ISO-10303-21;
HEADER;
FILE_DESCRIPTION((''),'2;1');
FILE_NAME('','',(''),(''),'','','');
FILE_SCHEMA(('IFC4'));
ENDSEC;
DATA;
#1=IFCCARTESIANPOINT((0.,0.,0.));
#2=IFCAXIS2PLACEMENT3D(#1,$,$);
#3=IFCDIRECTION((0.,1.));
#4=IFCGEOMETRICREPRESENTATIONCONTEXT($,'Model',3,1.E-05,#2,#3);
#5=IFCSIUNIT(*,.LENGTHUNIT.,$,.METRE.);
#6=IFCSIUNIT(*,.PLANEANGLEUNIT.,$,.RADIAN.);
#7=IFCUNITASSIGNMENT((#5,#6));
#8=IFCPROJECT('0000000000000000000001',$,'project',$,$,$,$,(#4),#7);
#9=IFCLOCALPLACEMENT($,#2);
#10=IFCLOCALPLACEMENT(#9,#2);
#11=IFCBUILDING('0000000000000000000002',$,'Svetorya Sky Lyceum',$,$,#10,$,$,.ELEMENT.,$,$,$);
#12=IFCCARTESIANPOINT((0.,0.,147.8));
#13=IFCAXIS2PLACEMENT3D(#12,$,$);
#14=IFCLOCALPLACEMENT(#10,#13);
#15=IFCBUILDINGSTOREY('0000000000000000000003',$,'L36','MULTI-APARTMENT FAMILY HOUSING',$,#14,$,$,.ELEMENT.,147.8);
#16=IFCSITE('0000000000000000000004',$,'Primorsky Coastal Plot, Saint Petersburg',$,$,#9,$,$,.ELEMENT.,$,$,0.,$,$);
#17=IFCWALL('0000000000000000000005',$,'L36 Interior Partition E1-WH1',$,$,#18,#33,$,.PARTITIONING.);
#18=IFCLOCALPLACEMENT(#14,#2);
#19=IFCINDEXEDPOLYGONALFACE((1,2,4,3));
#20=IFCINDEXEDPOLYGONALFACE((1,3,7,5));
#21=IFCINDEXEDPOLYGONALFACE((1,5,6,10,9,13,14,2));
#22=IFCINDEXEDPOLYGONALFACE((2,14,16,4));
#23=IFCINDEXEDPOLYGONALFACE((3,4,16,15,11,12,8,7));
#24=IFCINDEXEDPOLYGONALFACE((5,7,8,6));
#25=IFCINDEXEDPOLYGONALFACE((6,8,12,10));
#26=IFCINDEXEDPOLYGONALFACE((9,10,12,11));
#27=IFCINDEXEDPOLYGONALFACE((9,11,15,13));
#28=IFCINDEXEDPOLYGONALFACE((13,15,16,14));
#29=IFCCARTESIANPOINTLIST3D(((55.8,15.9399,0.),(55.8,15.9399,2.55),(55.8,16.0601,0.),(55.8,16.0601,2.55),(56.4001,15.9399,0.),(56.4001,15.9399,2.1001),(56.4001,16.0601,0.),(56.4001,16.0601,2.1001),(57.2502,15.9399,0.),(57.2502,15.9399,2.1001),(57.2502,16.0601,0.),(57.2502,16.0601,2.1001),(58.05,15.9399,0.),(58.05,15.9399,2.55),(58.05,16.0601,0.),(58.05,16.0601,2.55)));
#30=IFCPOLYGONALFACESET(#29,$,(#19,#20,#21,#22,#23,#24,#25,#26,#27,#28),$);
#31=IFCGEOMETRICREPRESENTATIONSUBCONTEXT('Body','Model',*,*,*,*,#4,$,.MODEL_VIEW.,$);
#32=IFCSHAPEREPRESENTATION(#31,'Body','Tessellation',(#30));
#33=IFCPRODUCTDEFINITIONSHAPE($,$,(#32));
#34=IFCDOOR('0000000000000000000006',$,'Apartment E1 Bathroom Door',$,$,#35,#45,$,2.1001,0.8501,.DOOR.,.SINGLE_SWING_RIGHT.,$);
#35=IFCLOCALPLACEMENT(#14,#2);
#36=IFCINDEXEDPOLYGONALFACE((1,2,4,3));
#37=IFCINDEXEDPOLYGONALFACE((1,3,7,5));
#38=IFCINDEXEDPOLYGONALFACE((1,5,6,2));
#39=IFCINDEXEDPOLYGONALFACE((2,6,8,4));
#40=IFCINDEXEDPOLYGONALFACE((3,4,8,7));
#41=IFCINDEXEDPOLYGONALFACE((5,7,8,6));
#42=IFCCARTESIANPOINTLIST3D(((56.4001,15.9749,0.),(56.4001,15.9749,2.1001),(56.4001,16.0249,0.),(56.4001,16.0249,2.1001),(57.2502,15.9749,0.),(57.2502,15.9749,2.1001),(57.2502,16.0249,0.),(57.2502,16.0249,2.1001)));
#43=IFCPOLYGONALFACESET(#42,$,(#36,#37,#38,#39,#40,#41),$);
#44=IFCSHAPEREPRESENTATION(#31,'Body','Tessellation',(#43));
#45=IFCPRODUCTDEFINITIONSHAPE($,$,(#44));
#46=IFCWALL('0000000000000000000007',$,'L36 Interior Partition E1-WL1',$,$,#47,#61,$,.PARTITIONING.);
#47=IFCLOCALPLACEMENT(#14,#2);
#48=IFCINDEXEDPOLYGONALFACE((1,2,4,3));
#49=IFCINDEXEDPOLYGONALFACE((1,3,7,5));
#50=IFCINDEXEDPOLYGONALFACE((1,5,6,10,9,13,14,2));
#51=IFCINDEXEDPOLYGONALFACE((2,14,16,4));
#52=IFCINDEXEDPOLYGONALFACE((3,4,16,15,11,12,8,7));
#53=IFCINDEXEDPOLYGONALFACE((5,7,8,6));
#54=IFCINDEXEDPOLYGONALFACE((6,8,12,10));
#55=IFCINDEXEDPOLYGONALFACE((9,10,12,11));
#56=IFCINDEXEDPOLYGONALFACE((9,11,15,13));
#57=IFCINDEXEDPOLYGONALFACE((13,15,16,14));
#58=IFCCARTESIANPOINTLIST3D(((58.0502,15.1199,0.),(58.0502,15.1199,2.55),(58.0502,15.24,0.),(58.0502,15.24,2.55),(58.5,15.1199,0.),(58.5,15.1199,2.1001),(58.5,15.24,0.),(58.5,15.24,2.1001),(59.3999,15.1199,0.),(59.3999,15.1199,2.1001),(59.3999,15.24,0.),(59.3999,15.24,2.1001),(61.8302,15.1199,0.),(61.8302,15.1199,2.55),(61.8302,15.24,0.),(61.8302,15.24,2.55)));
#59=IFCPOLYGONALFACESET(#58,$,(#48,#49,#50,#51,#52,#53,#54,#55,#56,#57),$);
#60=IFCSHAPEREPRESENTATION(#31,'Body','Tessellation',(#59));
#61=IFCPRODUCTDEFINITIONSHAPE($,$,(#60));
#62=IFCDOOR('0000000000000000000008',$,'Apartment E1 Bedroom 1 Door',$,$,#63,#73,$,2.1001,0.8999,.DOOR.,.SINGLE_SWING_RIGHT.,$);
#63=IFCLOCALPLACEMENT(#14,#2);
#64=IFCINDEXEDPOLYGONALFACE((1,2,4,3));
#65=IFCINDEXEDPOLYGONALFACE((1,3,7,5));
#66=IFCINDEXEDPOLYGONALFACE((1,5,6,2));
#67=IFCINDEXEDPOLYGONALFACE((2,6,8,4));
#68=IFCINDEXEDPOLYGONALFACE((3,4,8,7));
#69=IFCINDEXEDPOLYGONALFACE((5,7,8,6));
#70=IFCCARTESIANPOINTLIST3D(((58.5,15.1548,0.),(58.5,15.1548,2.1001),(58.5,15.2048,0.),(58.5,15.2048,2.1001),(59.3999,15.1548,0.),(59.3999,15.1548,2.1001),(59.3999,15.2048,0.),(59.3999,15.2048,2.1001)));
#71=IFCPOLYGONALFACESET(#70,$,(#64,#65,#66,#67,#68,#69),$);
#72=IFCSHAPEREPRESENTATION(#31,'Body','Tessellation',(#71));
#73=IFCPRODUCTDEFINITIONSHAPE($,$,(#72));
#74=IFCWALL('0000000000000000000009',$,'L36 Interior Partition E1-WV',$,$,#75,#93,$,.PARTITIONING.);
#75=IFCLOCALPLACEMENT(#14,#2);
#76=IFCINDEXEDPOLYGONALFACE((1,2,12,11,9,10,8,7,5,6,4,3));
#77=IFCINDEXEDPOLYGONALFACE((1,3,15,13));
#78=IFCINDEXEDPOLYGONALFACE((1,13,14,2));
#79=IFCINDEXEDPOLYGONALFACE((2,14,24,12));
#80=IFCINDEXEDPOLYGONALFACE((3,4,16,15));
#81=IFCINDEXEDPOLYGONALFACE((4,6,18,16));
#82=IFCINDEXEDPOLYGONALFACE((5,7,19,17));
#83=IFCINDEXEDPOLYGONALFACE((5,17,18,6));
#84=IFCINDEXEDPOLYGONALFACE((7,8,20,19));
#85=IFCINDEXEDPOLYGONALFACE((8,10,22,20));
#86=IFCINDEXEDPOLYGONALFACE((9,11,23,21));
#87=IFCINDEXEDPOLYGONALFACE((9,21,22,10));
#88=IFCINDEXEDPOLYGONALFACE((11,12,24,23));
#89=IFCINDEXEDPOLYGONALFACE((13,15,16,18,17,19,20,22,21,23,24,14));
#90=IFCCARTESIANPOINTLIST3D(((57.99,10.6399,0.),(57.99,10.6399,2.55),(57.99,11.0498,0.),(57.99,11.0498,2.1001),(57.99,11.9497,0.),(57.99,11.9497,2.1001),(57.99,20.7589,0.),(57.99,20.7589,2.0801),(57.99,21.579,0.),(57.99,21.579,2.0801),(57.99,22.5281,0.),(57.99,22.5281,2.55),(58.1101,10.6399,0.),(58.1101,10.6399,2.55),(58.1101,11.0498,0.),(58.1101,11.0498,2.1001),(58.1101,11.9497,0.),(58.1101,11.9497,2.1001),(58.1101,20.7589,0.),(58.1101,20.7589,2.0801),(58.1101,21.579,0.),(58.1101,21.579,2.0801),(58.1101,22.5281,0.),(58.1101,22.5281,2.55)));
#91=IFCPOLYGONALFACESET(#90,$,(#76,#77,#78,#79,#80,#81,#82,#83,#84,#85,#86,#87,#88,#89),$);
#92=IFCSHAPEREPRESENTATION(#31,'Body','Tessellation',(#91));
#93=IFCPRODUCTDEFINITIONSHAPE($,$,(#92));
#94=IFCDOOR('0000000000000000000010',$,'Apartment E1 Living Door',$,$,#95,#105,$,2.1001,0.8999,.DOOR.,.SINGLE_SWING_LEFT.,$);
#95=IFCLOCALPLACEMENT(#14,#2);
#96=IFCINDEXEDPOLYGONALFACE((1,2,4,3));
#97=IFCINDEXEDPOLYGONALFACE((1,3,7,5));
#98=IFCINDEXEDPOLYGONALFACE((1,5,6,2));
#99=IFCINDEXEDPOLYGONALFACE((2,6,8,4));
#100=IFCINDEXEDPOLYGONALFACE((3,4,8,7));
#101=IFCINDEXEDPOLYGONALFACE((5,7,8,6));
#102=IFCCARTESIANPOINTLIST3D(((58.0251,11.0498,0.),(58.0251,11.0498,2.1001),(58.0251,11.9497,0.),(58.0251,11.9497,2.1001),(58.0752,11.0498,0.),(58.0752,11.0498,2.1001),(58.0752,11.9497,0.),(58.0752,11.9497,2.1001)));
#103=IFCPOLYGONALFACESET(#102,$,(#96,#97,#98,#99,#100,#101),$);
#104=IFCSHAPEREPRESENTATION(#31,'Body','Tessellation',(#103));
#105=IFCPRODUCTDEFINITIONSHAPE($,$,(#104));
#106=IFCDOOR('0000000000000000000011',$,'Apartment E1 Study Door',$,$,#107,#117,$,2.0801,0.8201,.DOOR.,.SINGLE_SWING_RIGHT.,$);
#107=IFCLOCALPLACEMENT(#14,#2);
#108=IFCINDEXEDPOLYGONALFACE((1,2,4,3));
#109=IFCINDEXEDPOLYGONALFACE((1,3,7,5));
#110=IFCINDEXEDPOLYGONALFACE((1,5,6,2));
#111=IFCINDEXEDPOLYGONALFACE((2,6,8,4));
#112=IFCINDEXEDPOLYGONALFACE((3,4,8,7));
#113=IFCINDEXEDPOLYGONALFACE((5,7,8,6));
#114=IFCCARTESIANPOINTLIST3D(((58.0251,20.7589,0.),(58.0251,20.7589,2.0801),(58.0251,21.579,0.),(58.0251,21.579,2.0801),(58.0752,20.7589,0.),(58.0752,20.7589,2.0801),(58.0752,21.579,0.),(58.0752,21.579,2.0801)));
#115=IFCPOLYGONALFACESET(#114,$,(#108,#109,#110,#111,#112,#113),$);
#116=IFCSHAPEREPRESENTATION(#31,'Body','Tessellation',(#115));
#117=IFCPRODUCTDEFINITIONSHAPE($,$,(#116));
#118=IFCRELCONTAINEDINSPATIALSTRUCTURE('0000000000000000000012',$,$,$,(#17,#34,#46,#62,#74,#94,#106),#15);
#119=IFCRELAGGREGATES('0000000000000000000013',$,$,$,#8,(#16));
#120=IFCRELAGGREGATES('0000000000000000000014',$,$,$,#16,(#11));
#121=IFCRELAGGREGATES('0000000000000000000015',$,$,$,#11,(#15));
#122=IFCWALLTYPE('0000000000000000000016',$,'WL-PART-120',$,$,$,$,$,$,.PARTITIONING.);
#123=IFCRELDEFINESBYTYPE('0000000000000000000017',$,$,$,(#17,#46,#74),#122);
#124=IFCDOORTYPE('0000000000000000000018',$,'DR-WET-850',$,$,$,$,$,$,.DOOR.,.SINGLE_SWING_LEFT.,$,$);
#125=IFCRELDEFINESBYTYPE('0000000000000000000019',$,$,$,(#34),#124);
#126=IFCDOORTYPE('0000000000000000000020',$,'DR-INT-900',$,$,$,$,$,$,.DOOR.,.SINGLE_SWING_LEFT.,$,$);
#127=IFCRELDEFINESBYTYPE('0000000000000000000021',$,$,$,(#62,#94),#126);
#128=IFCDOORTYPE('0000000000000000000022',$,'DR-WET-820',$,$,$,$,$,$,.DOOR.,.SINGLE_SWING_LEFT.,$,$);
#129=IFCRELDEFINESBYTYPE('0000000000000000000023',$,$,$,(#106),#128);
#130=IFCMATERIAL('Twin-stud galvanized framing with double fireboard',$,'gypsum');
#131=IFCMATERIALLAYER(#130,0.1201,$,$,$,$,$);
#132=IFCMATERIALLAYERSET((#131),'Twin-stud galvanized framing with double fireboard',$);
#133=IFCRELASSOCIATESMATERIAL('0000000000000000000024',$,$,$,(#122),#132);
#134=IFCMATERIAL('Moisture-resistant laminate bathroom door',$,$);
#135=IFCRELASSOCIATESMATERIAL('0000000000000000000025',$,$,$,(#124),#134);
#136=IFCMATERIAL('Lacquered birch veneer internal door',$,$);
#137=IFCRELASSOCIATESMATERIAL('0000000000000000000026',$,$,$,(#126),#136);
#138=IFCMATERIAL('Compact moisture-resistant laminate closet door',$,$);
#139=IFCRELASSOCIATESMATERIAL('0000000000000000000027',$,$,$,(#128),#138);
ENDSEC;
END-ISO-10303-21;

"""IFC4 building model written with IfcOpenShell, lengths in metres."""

from ifc_helpers import new_model, si_unit, direction, frame, frame_2d, origin, place, context, subcontext, project, spatial, rectangle, extrude, material, layer, layer_set, type_object, element, fill, save


model = new_model("IFC4")

# Units and contexts
model_context = context("Model", 3, precision=1e-05, world=origin(), true_north=direction((0.0, 1.0)))
body_context = subcontext(model_context, "Body", "Model", "MODEL_VIEW")
ifc_project = project(units=[si_unit("LENGTHUNIT", "METRE"), si_unit("PLANEANGLEUNIT", "RADIAN")], contexts=[model_context])

# Site, building, storey
site_placement = place(None, origin())
site = spatial("IfcSite", under=ifc_project, at=site_placement, Name="Primorsky Coastal Plot, Saint Petersburg", CompositionType="ELEMENT", RefElevation=0.0)
building_placement = place(site_placement, origin())
building = spatial("IfcBuilding", under=site, at=building_placement, Name="Svetorya Sky Lyceum", CompositionType="ELEMENT")
storey_placement = place(building_placement, frame((0.0, 0.0, 147.8)))
storey = spatial("IfcBuildingStorey", under=building, at=storey_placement, Name="L36", Description="MULTI-APARTMENT FAMILY HOUSING", CompositionType="ELEMENT", Elevation=147.8)

# Walls, openings, doors
ifc_material_1 = material(Name="Twin-stud galvanized framing with double fireboard", Category="gypsum")
ifc_layer_1 = layer(ifc_material_1, 0.1201)
ifc_layer_set_1 = layer_set([ifc_layer_1], Name="Twin-stud galvanized framing with double fireboard")
wall_type_1 = type_object("IfcWallType", Name="WL-PART-120", PredefinedType="PARTITIONING", material=ifc_layer_set_1)
wall_1_placement = place(storey_placement, frame((55.8, 16.0, 0.0), z_axis=(0.0, 0.0, 1.0), x_axis=(1.0, 0.0, 0.0)))
wall_1 = element("IfcWall", 1, at=wall_1_placement, inside=storey, type_object=wall_type_1, Name="L36 Interior Partition E1-WH1", PredefinedType="PARTITIONING", context=body_context, shape_type="SweptSolid", body=[
    extrude(rectangle(XDim=2.25, YDim=0.1201, at=frame_2d((1.125, 0.0))), origin(), (0.0, 0.0, 1.0), 2.55),
])
opening_1_placement = place(wall_1_placement, frame((0.6001, 0.0, 0.0)))
opening_1 = element("IfcOpeningElement", 2, at=opening_1_placement, cuts=wall_1, PredefinedType="OPENING", context=body_context, shape_type="SweptSolid", body=[
    extrude(rectangle(XDim=0.8501, YDim=2.1001, at=frame_2d((0.425, 1.05))), frame((0.0, 0.0701, 0.0), z_axis=(0.0, -1.0, 0.0), x_axis=(1.0, 0.0, 0.0)), (0.0, 0.0, 1.0), 0.1401),
])
ifc_material_2 = material(Name="Moisture-resistant laminate bathroom door")
door_type_1 = type_object("IfcDoorType", Name="DR-WET-850", OperationType="SINGLE_SWING_LEFT", PredefinedType="DOOR", material=ifc_material_2)
door_1_placement = place(opening_1_placement, origin())
door_1 = element("IfcDoor", 3, at=door_1_placement, inside=storey, type_object=door_type_1, Name="Apartment E1 Bathroom Door", OperationType="SINGLE_SWING_RIGHT", OverallHeight=2.1001, OverallWidth=0.8501, PredefinedType="DOOR", context=body_context, shape_type="SweptSolid", body=[
    extrude(rectangle(XDim=0.8501, YDim=2.1001, at=frame_2d((0.425, 1.05))), frame((0.0, 0.0249, 0.0), z_axis=(0.0, -1.0, 0.0), x_axis=(1.0, 0.0, 0.0)), (0.0, 0.0, 1.0), 0.05),
])
fill(opening_1, door_1)
wall_2_placement = place(storey_placement, frame((58.05, 15.1799, 0.0), z_axis=(0.0, 0.0, 1.0), x_axis=(1.0, 0.0, 0.0)))
wall_2 = element("IfcWall", 4, at=wall_2_placement, inside=storey, type_object=wall_type_1, Name="L36 Interior Partition E1-WL1", PredefinedType="PARTITIONING", context=body_context, shape_type="SweptSolid", body=[
    extrude(rectangle(XDim=3.78, YDim=0.1201, at=frame_2d((1.8901, 0.0))), origin(), (0.0, 0.0, 1.0), 2.55),
])
opening_2_placement = place(wall_2_placement, frame((0.45, 0.0, 0.0)))
opening_2 = element("IfcOpeningElement", 5, at=opening_2_placement, cuts=wall_2, PredefinedType="OPENING", context=body_context, shape_type="SweptSolid", body=[
    extrude(rectangle(XDim=0.8999, YDim=2.1001, at=frame_2d((0.45, 1.05))), frame((0.0, 0.0701, 0.0), z_axis=(0.0, -1.0, 0.0), x_axis=(1.0, 0.0, 0.0)), (0.0, 0.0, 1.0), 0.1401),
])
ifc_material_3 = material(Name="Lacquered birch veneer internal door")
door_type_2 = type_object("IfcDoorType", Name="DR-INT-900", OperationType="SINGLE_SWING_LEFT", PredefinedType="DOOR", material=ifc_material_3)
door_2_placement = place(opening_2_placement, origin())
door_2 = element("IfcDoor", 6, at=door_2_placement, inside=storey, type_object=door_type_2, Name="Apartment E1 Bedroom 1 Door", OperationType="SINGLE_SWING_RIGHT", OverallHeight=2.1001, OverallWidth=0.8999, PredefinedType="DOOR", context=body_context, shape_type="SweptSolid", body=[
    extrude(rectangle(XDim=0.8999, YDim=2.1001, at=frame_2d((0.45, 1.05))), frame((0.0, 0.0249, 0.0), z_axis=(0.0, -1.0, 0.0), x_axis=(1.0, 0.0, 0.0)), (0.0, 0.0, 1.0), 0.05),
])
fill(opening_2, door_2)

# Wall, openings, doors
wall_3_placement = place(storey_placement, frame((58.05, 10.6399, 0.0), z_axis=(0.0, 0.0, 1.0), x_axis=(0.0, 1.0, 0.0)))
wall_3 = element("IfcWall", 7, at=wall_3_placement, inside=storey, type_object=wall_type_1, Name="L36 Interior Partition E1-WV", PredefinedType="PARTITIONING", context=body_context, shape_type="SweptSolid", body=[
    extrude(rectangle(XDim=11.8882, YDim=0.1201, at=frame_2d((5.9441, 0.0))), origin(), (0.0, 0.0, 1.0), 2.55),
])
opening_3_placement = place(wall_3_placement, frame((0.4099, 0.0, 0.0)))
opening_3 = element("IfcOpeningElement", 8, at=opening_3_placement, cuts=wall_3, PredefinedType="OPENING", context=body_context, shape_type="SweptSolid", body=[
    extrude(rectangle(XDim=0.8999, YDim=2.1001, at=frame_2d((0.45, 1.05))), frame((0.0, 0.0701, 0.0), z_axis=(0.0, -1.0, 0.0), x_axis=(1.0, 0.0, 0.0)), (0.0, 0.0, 1.0), 0.1401),
])
opening_4_placement = place(wall_3_placement, frame((10.1189, 0.0, 0.0)))
opening_4 = element("IfcOpeningElement", 9, at=opening_4_placement, cuts=wall_3, PredefinedType="OPENING", context=body_context, shape_type="SweptSolid", body=[
    extrude(rectangle(XDim=0.8201, YDim=2.0801, at=frame_2d((0.4102, 1.04))), frame((0.0, 0.0701, 0.0), z_axis=(0.0, -1.0, 0.0), x_axis=(1.0, 0.0, 0.0)), (0.0, 0.0, 1.0), 0.1401),
])
door_3_placement = place(opening_3_placement, origin())
door_3 = element("IfcDoor", 10, at=door_3_placement, inside=storey, type_object=door_type_2, Name="Apartment E1 Living Door", OperationType="SINGLE_SWING_LEFT", OverallHeight=2.1001, OverallWidth=0.8999, PredefinedType="DOOR", context=body_context, shape_type="SweptSolid", body=[
    extrude(rectangle(XDim=0.8999, YDim=2.1001, at=frame_2d((0.45, 1.05))), frame((0.0, 0.0249, 0.0), z_axis=(0.0, -1.0, 0.0), x_axis=(1.0, 0.0, 0.0)), (0.0, 0.0, 1.0), 0.05),
])
fill(opening_3, door_3)
ifc_material_4 = material(Name="Compact moisture-resistant laminate closet door")
door_type_3 = type_object("IfcDoorType", Name="DR-WET-820", OperationType="SINGLE_SWING_LEFT", PredefinedType="DOOR", material=ifc_material_4)
door_4_placement = place(opening_4_placement, origin())
door_4 = element("IfcDoor", 11, at=door_4_placement, inside=storey, type_object=door_type_3, Name="Apartment E1 Study Door", OperationType="SINGLE_SWING_RIGHT", OverallHeight=2.0801, OverallWidth=0.8201, PredefinedType="DOOR", context=body_context, shape_type="SweptSolid", body=[
    extrude(rectangle(XDim=0.8201, YDim=2.0801, at=frame_2d((0.4102, 1.04))), frame((0.0, 0.0249, 0.0), z_axis=(0.0, -1.0, 0.0), x_axis=(1.0, 0.0, 0.0)), (0.0, 0.0, 1.0), 0.05),
])
fill(opening_4, door_4)

save(model, "model.ifc")
